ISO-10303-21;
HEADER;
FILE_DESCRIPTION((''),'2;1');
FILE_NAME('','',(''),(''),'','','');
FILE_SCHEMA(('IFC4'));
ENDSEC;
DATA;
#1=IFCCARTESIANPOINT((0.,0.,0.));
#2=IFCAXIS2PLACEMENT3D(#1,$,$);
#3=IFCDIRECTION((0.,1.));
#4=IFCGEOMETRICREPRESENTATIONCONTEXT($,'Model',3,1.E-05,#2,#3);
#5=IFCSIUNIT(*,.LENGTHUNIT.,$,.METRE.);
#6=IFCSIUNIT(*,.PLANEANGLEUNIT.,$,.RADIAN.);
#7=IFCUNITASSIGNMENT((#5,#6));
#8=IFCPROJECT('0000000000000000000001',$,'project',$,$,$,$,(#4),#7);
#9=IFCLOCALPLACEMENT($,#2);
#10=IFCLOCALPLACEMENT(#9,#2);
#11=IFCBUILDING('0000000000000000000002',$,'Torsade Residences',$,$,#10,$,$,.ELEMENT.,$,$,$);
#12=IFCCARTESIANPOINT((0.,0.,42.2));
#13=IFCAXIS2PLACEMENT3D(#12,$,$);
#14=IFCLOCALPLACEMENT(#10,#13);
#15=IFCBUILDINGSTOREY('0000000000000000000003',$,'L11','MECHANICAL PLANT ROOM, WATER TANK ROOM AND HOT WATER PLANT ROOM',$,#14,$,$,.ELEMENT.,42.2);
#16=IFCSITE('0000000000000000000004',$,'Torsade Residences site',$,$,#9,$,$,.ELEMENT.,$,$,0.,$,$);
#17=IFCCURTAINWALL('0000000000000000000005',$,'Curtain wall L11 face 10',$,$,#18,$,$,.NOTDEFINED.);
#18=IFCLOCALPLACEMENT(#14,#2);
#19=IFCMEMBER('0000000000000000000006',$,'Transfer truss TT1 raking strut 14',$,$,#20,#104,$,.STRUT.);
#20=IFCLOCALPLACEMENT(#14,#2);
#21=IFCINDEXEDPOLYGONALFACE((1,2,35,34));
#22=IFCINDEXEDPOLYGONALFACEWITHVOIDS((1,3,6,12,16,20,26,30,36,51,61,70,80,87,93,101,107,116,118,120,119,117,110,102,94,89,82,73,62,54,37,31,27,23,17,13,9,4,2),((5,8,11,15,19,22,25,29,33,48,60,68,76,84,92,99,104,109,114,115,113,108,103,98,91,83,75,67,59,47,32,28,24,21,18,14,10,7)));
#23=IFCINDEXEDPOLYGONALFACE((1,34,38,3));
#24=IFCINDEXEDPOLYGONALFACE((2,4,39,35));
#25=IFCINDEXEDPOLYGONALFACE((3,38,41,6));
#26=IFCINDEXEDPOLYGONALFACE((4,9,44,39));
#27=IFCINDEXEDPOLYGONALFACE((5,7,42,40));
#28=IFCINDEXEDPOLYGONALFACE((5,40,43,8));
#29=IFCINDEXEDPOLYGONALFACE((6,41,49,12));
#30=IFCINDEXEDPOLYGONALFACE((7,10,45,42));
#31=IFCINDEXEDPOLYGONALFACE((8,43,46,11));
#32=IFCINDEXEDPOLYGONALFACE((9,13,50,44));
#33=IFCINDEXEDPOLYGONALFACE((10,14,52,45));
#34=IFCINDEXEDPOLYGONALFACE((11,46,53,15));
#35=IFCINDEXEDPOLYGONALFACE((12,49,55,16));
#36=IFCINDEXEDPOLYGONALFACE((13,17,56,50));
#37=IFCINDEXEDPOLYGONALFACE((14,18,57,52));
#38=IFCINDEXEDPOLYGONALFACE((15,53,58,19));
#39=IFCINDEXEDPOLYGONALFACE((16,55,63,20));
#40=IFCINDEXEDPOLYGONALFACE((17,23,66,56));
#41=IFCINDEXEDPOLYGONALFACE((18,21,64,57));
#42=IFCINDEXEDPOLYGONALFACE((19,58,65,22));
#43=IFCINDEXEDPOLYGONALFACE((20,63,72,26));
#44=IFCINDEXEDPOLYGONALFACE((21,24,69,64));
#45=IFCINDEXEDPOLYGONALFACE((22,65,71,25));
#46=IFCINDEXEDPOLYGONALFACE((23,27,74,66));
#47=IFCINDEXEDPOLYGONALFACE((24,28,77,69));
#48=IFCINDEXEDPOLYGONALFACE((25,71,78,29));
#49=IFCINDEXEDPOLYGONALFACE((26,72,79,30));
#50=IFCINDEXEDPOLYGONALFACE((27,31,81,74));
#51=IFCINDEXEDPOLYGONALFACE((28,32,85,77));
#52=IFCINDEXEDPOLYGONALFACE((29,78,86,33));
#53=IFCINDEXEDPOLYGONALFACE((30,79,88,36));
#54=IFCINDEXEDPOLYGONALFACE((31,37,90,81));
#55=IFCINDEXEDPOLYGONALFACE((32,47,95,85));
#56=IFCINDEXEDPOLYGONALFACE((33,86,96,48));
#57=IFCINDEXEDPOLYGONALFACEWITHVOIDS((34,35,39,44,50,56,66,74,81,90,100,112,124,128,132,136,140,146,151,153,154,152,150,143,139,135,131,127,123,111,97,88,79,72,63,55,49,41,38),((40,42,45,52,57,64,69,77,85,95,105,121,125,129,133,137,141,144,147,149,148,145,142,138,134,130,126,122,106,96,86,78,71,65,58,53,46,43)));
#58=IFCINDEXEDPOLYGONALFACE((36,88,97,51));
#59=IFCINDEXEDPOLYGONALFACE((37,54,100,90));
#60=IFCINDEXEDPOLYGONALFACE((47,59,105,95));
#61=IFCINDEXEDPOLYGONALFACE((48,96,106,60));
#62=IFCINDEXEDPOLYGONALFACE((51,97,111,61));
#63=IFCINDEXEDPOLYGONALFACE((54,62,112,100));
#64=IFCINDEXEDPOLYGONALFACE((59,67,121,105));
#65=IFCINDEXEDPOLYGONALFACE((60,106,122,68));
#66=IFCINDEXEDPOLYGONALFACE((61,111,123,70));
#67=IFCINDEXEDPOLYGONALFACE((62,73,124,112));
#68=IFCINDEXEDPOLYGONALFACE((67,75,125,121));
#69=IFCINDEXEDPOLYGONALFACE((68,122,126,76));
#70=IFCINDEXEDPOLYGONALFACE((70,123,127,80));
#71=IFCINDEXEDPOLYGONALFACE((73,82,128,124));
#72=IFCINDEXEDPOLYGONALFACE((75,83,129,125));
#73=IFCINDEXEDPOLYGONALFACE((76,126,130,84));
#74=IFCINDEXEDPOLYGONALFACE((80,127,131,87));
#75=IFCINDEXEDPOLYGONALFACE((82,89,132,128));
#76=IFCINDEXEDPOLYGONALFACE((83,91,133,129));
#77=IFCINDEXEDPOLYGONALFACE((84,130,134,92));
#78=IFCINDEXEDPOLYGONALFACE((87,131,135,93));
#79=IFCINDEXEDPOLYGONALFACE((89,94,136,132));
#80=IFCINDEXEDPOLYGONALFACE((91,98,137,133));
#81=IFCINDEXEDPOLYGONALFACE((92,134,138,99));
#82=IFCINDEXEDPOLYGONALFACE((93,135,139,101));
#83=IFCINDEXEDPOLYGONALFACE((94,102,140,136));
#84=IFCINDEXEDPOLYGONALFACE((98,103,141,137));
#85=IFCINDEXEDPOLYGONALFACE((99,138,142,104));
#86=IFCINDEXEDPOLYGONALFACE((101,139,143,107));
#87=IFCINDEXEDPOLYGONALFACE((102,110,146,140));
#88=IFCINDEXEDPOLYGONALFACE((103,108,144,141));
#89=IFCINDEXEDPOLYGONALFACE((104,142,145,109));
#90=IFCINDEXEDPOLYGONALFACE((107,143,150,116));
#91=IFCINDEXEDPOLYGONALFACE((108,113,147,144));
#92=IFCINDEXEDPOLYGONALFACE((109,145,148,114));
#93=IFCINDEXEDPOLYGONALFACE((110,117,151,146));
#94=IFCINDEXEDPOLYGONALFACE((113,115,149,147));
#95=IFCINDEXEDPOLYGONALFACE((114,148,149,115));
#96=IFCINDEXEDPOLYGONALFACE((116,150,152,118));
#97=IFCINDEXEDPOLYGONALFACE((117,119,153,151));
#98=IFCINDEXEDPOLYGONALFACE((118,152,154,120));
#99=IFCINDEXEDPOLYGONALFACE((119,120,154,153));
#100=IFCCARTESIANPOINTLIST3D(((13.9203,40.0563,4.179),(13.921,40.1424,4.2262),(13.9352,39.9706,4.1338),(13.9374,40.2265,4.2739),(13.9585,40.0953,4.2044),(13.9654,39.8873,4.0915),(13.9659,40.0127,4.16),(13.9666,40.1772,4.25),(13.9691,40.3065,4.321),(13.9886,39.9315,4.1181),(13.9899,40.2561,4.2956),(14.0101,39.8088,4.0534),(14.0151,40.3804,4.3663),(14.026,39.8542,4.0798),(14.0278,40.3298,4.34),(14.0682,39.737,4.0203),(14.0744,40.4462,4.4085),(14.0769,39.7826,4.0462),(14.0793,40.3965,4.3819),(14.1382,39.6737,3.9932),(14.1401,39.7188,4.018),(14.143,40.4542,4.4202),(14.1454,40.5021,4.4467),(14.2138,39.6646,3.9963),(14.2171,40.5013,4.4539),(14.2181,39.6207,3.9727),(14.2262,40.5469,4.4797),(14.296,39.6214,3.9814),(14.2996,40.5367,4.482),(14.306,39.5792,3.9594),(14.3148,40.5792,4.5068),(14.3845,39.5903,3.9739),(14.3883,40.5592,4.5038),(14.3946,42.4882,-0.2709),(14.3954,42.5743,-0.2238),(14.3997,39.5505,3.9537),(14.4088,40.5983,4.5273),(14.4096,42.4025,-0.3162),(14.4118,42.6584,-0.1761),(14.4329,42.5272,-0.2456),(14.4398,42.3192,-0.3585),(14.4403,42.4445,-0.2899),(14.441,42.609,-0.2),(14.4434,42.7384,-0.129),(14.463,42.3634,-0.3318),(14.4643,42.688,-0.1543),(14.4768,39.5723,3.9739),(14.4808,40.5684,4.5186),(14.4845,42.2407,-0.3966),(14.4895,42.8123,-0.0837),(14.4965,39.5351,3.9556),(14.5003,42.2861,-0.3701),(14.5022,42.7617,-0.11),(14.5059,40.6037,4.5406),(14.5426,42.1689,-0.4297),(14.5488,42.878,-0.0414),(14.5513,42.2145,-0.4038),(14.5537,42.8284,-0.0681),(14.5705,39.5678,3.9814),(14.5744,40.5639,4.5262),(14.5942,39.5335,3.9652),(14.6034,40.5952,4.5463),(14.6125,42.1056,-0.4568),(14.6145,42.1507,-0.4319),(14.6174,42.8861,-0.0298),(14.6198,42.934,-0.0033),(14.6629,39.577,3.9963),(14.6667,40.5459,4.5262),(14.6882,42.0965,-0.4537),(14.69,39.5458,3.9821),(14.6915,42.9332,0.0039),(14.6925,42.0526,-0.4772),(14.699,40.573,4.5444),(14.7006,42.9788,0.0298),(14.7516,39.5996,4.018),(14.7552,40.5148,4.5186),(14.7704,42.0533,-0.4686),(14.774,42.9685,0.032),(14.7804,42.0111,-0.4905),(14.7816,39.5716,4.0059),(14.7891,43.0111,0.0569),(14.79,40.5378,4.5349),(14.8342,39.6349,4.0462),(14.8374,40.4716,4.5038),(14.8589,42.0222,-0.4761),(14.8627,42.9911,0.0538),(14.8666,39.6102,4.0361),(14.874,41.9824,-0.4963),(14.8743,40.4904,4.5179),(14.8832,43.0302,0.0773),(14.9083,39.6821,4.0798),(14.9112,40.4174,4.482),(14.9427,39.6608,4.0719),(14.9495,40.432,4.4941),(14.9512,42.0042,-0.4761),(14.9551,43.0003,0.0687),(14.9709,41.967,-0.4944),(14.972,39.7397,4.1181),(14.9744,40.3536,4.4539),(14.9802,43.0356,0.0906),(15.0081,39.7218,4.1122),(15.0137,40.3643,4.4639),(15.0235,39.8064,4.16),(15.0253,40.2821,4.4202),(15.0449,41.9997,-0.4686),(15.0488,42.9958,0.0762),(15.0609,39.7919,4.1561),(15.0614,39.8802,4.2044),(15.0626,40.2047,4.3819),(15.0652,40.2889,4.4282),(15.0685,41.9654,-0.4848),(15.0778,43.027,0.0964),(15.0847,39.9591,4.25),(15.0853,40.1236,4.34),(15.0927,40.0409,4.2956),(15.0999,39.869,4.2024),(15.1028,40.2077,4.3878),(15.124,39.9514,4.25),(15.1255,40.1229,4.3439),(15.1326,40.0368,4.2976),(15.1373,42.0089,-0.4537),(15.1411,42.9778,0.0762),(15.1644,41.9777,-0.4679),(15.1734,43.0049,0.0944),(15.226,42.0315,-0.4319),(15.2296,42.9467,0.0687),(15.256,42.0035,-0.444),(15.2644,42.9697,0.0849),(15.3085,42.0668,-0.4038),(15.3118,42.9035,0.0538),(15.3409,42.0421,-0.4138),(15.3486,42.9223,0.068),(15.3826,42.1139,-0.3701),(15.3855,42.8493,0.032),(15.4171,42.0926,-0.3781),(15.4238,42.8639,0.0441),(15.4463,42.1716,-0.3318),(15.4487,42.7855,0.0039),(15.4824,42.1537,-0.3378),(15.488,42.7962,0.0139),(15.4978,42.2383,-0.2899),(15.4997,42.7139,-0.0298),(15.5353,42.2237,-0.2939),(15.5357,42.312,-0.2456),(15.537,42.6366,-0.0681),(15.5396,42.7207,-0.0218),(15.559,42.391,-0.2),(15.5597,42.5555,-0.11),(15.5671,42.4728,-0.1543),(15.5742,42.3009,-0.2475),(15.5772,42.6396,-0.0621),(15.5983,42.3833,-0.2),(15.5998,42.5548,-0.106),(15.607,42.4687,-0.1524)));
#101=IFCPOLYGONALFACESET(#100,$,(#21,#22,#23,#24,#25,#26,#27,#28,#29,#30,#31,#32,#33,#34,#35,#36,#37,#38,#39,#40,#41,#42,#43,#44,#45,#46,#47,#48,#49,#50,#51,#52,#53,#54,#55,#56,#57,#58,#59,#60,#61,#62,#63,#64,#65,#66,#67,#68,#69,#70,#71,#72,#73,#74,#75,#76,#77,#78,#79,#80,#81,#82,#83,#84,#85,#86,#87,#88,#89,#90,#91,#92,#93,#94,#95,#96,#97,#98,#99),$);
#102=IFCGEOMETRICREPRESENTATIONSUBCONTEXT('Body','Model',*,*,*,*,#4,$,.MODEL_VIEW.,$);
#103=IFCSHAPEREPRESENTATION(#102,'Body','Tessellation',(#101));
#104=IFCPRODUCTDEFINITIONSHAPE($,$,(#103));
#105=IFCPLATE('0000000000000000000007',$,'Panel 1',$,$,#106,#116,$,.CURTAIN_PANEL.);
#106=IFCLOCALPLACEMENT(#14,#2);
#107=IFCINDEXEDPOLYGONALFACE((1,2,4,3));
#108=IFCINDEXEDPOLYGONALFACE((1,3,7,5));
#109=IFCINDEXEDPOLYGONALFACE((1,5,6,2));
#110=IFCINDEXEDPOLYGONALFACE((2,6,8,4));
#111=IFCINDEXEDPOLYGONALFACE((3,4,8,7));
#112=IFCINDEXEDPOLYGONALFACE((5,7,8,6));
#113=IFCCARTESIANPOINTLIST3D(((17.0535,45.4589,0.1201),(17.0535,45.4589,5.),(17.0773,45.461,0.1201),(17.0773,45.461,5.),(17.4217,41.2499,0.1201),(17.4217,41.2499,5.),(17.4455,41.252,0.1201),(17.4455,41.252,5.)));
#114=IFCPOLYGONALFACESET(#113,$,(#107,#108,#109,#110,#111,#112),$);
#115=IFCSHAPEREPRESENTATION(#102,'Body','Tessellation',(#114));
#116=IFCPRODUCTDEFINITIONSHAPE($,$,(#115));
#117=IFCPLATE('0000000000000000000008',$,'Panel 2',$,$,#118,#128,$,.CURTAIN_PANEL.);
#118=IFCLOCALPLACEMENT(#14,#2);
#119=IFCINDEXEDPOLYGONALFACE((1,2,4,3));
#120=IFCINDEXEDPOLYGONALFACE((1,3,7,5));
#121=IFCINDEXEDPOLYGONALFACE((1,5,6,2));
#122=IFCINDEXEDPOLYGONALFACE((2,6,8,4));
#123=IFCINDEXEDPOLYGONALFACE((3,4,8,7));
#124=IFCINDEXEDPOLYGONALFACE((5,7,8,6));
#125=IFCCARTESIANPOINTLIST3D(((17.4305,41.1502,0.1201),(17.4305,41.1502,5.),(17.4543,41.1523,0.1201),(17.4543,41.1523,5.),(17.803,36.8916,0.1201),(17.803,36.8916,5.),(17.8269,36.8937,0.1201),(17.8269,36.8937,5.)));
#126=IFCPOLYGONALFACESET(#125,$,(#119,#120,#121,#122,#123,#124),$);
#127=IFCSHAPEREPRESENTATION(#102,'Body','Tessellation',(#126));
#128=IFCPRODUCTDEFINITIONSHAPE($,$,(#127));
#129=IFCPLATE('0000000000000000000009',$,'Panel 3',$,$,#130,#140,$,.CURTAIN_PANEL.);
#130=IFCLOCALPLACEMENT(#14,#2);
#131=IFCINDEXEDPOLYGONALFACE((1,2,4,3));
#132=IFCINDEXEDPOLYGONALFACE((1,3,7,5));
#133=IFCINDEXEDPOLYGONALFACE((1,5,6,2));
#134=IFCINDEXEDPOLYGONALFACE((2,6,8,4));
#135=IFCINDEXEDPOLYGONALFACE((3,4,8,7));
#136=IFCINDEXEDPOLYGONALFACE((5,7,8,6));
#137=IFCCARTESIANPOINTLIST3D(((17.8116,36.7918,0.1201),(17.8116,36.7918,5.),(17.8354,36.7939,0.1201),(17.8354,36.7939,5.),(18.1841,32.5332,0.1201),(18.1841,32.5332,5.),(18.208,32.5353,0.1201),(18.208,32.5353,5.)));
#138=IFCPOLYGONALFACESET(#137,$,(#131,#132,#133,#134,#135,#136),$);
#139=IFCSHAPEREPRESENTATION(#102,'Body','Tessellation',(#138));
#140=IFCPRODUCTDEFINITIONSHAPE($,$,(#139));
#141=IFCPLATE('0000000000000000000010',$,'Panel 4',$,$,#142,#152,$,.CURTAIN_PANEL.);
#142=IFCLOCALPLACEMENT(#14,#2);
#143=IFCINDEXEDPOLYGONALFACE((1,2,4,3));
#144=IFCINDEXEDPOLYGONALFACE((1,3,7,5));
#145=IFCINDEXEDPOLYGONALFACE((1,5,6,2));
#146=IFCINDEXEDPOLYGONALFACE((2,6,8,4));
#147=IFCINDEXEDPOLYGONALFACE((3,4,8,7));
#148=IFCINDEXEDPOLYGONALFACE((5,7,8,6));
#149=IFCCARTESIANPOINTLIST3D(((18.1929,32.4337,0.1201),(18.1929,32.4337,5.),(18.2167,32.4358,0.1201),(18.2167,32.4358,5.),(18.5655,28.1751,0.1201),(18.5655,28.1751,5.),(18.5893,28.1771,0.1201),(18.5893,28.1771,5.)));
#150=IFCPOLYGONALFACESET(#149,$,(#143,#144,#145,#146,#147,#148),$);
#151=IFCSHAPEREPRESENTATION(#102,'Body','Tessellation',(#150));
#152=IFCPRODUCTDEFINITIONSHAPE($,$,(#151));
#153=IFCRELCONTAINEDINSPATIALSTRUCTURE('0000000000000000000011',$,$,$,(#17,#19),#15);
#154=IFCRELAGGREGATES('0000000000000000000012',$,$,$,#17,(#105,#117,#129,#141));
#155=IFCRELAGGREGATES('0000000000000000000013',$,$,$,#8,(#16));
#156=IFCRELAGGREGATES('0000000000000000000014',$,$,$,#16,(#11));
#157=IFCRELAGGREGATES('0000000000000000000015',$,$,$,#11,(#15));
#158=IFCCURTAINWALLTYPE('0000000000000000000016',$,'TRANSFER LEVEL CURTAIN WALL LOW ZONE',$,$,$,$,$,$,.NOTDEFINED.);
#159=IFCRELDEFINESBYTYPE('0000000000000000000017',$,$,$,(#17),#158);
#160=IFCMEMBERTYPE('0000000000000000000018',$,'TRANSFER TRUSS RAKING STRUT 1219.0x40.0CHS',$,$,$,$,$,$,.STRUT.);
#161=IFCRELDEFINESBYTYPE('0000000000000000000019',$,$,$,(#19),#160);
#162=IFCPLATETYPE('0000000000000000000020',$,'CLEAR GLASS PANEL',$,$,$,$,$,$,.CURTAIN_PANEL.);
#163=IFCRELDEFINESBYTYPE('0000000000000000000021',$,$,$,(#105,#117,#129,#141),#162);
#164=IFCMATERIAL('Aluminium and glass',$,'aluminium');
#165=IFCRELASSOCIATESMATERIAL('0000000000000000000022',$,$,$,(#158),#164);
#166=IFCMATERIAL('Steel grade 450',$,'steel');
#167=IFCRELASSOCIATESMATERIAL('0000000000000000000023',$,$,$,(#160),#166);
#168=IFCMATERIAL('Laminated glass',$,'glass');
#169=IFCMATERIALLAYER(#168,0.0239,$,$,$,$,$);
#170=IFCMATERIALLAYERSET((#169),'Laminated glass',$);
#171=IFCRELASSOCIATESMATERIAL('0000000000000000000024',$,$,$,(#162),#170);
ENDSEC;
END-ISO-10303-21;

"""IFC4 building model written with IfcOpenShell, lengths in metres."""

from ifc_helpers import new_model, si_unit, direction, frame, origin, origin_2d, place, context, subcontext, project, spatial, rectangle, hollow_circle, extrude, material, layer, layer_set, material_profile, profile_set, type_object, element, aggregate, save


model = new_model("IFC4")

# Units and contexts
model_context = context("Model", 3, precision=1e-05, world=origin(), true_north=direction((0.0, 1.0)))
body_context = subcontext(model_context, "Body", "Model", "MODEL_VIEW")
ifc_project = project(units=[si_unit("LENGTHUNIT", "METRE"), si_unit("PLANEANGLEUNIT", "RADIAN")], contexts=[model_context])

# Site, building, storey
site_placement = place(None, origin())
site = spatial("IfcSite", under=ifc_project, at=site_placement, Name="Torsade Residences site", CompositionType="ELEMENT", RefElevation=0.0)
building_placement = place(site_placement, origin())
building = spatial("IfcBuilding", under=site, at=building_placement, Name="Torsade Residences", CompositionType="ELEMENT")
storey_placement = place(building_placement, frame((0.0, 0.0, 42.2)))
storey = spatial("IfcBuildingStorey", under=building, at=storey_placement, Name="L11", Description="MECHANICAL PLANT ROOM, WATER TANK ROOM AND HOT WATER PLANT ROOM", CompositionType="ELEMENT", Elevation=42.2)

# Curtain wall
ifc_material_1 = material(Name="Aluminium and glass", Category="aluminium")
curtain_wall_type = type_object("IfcCurtainWallType", Name="TRANSFER LEVEL CURTAIN WALL LOW ZONE", PredefinedType="NOTDEFINED", material=ifc_material_1)
curtain_wall_placement = place(storey_placement, origin())
curtain_wall = element("IfcCurtainWall", 1, at=curtain_wall_placement, inside=storey, type_object=curtain_wall_type, Name="Curtain wall L11 face 10", PredefinedType="NOTDEFINED")

# Member
ifc_material_2 = material(Name="Steel grade 450", Category="steel")
ifc_material_profile_1 = material_profile(ifc_material_2, hollow_circle(Radius=0.6096, WallThickness=0.04, at=origin_2d()), Name="1219.0x40.0CHS")
ifc_profile_set_1 = profile_set([ifc_material_profile_1], Name="Steel grade 450")
member_type_1 = type_object("IfcMemberType", Name="TRANSFER TRUSS RAKING STRUT 1219.0x40.0CHS", PredefinedType="STRUT", material=ifc_profile_set_1)
member_1_placement = place(storey_placement, frame((15.0, 42.5, -0.2), z_axis=(-0.093136, -0.477473, 0.873697), x_axis=(0.981502, -0.191452, 0.0)))
element("IfcMember", 2, at=member_1_placement, inside=storey, type_object=member_type_1, Name="Transfer truss TT1 raking strut 14", PredefinedType="STRUT", context=body_context, shape_type="SweptSolid", body=[
    extrude(hollow_circle(Radius=0.6096, WallThickness=0.04, at=origin_2d()), origin(), (0.0, 0.0, 1.0), 5.0933),
])

# Plates
ifc_material_3 = material(Name="Laminated glass", Category="glass")
ifc_layer_1 = layer(ifc_material_3, 0.0239)
ifc_layer_set_1 = layer_set([ifc_layer_1], Name="Laminated glass")
plate_type = type_object("IfcPlateType", Name="CLEAR GLASS PANEL", PredefinedType="CURTAIN_PANEL", material=ifc_layer_set_1)
plate_1_placement = place(storey_placement, frame((17.2495, 43.3555, 0.1201), z_axis=(0.0, 0.0, 1.0), x_axis=(0.087156, -0.996195, 0.0)))
plate_1 = element("IfcPlate", 3, at=plate_1_placement, type_object=plate_type, Name="Panel 1", PredefinedType="CURTAIN_PANEL", context=body_context, shape_type="SweptSolid", body=[
    extrude(rectangle(XDim=4.2251, YDim=0.0239, at=origin_2d()), origin(), (0.0, 0.0, 1.0), 4.8799),
])
plate_2_placement = place(storey_placement, frame((17.6287, 39.022, 0.1201), z_axis=(0.0, 0.0, 1.0), x_axis=(0.087156, -0.996195, 0.0)))
plate_2 = element("IfcPlate", 4, at=plate_2_placement, type_object=plate_type, Name="Panel 2", PredefinedType="CURTAIN_PANEL", context=body_context, shape_type="SweptSolid", body=[
    extrude(rectangle(XDim=4.2749, YDim=0.0239, at=origin_2d()), origin(), (0.0, 0.0, 1.0), 4.8799),
])
plate_3_placement = place(storey_placement, frame((18.0098, 34.6636, 0.1201), z_axis=(0.0, 0.0, 1.0), x_axis=(0.087156, -0.996195, 0.0)))
plate_3 = element("IfcPlate", 5, at=plate_3_placement, type_object=plate_type, Name="Panel 3", PredefinedType="CURTAIN_PANEL", context=body_context, shape_type="SweptSolid", body=[
    extrude(rectangle(XDim=4.2749, YDim=0.0239, at=origin_2d()), origin(), (0.0, 0.0, 1.0), 4.8799),
])
plate_4_placement = place(storey_placement, frame((18.3911, 30.3054, 0.1201), z_axis=(0.0, 0.0, 1.0), x_axis=(0.087156, -0.996195, 0.0)))
plate_4 = element("IfcPlate", 6, at=plate_4_placement, type_object=plate_type, Name="Panel 4", PredefinedType="CURTAIN_PANEL", context=body_context, shape_type="SweptSolid", body=[
    extrude(rectangle(XDim=4.2749, YDim=0.0239, at=origin_2d()), origin(), (0.0, 0.0, 1.0), 4.8799),
])
aggregate(curtain_wall, [plate_1, plate_2, plate_3, plate_4])

save(model, "model.ifc")
